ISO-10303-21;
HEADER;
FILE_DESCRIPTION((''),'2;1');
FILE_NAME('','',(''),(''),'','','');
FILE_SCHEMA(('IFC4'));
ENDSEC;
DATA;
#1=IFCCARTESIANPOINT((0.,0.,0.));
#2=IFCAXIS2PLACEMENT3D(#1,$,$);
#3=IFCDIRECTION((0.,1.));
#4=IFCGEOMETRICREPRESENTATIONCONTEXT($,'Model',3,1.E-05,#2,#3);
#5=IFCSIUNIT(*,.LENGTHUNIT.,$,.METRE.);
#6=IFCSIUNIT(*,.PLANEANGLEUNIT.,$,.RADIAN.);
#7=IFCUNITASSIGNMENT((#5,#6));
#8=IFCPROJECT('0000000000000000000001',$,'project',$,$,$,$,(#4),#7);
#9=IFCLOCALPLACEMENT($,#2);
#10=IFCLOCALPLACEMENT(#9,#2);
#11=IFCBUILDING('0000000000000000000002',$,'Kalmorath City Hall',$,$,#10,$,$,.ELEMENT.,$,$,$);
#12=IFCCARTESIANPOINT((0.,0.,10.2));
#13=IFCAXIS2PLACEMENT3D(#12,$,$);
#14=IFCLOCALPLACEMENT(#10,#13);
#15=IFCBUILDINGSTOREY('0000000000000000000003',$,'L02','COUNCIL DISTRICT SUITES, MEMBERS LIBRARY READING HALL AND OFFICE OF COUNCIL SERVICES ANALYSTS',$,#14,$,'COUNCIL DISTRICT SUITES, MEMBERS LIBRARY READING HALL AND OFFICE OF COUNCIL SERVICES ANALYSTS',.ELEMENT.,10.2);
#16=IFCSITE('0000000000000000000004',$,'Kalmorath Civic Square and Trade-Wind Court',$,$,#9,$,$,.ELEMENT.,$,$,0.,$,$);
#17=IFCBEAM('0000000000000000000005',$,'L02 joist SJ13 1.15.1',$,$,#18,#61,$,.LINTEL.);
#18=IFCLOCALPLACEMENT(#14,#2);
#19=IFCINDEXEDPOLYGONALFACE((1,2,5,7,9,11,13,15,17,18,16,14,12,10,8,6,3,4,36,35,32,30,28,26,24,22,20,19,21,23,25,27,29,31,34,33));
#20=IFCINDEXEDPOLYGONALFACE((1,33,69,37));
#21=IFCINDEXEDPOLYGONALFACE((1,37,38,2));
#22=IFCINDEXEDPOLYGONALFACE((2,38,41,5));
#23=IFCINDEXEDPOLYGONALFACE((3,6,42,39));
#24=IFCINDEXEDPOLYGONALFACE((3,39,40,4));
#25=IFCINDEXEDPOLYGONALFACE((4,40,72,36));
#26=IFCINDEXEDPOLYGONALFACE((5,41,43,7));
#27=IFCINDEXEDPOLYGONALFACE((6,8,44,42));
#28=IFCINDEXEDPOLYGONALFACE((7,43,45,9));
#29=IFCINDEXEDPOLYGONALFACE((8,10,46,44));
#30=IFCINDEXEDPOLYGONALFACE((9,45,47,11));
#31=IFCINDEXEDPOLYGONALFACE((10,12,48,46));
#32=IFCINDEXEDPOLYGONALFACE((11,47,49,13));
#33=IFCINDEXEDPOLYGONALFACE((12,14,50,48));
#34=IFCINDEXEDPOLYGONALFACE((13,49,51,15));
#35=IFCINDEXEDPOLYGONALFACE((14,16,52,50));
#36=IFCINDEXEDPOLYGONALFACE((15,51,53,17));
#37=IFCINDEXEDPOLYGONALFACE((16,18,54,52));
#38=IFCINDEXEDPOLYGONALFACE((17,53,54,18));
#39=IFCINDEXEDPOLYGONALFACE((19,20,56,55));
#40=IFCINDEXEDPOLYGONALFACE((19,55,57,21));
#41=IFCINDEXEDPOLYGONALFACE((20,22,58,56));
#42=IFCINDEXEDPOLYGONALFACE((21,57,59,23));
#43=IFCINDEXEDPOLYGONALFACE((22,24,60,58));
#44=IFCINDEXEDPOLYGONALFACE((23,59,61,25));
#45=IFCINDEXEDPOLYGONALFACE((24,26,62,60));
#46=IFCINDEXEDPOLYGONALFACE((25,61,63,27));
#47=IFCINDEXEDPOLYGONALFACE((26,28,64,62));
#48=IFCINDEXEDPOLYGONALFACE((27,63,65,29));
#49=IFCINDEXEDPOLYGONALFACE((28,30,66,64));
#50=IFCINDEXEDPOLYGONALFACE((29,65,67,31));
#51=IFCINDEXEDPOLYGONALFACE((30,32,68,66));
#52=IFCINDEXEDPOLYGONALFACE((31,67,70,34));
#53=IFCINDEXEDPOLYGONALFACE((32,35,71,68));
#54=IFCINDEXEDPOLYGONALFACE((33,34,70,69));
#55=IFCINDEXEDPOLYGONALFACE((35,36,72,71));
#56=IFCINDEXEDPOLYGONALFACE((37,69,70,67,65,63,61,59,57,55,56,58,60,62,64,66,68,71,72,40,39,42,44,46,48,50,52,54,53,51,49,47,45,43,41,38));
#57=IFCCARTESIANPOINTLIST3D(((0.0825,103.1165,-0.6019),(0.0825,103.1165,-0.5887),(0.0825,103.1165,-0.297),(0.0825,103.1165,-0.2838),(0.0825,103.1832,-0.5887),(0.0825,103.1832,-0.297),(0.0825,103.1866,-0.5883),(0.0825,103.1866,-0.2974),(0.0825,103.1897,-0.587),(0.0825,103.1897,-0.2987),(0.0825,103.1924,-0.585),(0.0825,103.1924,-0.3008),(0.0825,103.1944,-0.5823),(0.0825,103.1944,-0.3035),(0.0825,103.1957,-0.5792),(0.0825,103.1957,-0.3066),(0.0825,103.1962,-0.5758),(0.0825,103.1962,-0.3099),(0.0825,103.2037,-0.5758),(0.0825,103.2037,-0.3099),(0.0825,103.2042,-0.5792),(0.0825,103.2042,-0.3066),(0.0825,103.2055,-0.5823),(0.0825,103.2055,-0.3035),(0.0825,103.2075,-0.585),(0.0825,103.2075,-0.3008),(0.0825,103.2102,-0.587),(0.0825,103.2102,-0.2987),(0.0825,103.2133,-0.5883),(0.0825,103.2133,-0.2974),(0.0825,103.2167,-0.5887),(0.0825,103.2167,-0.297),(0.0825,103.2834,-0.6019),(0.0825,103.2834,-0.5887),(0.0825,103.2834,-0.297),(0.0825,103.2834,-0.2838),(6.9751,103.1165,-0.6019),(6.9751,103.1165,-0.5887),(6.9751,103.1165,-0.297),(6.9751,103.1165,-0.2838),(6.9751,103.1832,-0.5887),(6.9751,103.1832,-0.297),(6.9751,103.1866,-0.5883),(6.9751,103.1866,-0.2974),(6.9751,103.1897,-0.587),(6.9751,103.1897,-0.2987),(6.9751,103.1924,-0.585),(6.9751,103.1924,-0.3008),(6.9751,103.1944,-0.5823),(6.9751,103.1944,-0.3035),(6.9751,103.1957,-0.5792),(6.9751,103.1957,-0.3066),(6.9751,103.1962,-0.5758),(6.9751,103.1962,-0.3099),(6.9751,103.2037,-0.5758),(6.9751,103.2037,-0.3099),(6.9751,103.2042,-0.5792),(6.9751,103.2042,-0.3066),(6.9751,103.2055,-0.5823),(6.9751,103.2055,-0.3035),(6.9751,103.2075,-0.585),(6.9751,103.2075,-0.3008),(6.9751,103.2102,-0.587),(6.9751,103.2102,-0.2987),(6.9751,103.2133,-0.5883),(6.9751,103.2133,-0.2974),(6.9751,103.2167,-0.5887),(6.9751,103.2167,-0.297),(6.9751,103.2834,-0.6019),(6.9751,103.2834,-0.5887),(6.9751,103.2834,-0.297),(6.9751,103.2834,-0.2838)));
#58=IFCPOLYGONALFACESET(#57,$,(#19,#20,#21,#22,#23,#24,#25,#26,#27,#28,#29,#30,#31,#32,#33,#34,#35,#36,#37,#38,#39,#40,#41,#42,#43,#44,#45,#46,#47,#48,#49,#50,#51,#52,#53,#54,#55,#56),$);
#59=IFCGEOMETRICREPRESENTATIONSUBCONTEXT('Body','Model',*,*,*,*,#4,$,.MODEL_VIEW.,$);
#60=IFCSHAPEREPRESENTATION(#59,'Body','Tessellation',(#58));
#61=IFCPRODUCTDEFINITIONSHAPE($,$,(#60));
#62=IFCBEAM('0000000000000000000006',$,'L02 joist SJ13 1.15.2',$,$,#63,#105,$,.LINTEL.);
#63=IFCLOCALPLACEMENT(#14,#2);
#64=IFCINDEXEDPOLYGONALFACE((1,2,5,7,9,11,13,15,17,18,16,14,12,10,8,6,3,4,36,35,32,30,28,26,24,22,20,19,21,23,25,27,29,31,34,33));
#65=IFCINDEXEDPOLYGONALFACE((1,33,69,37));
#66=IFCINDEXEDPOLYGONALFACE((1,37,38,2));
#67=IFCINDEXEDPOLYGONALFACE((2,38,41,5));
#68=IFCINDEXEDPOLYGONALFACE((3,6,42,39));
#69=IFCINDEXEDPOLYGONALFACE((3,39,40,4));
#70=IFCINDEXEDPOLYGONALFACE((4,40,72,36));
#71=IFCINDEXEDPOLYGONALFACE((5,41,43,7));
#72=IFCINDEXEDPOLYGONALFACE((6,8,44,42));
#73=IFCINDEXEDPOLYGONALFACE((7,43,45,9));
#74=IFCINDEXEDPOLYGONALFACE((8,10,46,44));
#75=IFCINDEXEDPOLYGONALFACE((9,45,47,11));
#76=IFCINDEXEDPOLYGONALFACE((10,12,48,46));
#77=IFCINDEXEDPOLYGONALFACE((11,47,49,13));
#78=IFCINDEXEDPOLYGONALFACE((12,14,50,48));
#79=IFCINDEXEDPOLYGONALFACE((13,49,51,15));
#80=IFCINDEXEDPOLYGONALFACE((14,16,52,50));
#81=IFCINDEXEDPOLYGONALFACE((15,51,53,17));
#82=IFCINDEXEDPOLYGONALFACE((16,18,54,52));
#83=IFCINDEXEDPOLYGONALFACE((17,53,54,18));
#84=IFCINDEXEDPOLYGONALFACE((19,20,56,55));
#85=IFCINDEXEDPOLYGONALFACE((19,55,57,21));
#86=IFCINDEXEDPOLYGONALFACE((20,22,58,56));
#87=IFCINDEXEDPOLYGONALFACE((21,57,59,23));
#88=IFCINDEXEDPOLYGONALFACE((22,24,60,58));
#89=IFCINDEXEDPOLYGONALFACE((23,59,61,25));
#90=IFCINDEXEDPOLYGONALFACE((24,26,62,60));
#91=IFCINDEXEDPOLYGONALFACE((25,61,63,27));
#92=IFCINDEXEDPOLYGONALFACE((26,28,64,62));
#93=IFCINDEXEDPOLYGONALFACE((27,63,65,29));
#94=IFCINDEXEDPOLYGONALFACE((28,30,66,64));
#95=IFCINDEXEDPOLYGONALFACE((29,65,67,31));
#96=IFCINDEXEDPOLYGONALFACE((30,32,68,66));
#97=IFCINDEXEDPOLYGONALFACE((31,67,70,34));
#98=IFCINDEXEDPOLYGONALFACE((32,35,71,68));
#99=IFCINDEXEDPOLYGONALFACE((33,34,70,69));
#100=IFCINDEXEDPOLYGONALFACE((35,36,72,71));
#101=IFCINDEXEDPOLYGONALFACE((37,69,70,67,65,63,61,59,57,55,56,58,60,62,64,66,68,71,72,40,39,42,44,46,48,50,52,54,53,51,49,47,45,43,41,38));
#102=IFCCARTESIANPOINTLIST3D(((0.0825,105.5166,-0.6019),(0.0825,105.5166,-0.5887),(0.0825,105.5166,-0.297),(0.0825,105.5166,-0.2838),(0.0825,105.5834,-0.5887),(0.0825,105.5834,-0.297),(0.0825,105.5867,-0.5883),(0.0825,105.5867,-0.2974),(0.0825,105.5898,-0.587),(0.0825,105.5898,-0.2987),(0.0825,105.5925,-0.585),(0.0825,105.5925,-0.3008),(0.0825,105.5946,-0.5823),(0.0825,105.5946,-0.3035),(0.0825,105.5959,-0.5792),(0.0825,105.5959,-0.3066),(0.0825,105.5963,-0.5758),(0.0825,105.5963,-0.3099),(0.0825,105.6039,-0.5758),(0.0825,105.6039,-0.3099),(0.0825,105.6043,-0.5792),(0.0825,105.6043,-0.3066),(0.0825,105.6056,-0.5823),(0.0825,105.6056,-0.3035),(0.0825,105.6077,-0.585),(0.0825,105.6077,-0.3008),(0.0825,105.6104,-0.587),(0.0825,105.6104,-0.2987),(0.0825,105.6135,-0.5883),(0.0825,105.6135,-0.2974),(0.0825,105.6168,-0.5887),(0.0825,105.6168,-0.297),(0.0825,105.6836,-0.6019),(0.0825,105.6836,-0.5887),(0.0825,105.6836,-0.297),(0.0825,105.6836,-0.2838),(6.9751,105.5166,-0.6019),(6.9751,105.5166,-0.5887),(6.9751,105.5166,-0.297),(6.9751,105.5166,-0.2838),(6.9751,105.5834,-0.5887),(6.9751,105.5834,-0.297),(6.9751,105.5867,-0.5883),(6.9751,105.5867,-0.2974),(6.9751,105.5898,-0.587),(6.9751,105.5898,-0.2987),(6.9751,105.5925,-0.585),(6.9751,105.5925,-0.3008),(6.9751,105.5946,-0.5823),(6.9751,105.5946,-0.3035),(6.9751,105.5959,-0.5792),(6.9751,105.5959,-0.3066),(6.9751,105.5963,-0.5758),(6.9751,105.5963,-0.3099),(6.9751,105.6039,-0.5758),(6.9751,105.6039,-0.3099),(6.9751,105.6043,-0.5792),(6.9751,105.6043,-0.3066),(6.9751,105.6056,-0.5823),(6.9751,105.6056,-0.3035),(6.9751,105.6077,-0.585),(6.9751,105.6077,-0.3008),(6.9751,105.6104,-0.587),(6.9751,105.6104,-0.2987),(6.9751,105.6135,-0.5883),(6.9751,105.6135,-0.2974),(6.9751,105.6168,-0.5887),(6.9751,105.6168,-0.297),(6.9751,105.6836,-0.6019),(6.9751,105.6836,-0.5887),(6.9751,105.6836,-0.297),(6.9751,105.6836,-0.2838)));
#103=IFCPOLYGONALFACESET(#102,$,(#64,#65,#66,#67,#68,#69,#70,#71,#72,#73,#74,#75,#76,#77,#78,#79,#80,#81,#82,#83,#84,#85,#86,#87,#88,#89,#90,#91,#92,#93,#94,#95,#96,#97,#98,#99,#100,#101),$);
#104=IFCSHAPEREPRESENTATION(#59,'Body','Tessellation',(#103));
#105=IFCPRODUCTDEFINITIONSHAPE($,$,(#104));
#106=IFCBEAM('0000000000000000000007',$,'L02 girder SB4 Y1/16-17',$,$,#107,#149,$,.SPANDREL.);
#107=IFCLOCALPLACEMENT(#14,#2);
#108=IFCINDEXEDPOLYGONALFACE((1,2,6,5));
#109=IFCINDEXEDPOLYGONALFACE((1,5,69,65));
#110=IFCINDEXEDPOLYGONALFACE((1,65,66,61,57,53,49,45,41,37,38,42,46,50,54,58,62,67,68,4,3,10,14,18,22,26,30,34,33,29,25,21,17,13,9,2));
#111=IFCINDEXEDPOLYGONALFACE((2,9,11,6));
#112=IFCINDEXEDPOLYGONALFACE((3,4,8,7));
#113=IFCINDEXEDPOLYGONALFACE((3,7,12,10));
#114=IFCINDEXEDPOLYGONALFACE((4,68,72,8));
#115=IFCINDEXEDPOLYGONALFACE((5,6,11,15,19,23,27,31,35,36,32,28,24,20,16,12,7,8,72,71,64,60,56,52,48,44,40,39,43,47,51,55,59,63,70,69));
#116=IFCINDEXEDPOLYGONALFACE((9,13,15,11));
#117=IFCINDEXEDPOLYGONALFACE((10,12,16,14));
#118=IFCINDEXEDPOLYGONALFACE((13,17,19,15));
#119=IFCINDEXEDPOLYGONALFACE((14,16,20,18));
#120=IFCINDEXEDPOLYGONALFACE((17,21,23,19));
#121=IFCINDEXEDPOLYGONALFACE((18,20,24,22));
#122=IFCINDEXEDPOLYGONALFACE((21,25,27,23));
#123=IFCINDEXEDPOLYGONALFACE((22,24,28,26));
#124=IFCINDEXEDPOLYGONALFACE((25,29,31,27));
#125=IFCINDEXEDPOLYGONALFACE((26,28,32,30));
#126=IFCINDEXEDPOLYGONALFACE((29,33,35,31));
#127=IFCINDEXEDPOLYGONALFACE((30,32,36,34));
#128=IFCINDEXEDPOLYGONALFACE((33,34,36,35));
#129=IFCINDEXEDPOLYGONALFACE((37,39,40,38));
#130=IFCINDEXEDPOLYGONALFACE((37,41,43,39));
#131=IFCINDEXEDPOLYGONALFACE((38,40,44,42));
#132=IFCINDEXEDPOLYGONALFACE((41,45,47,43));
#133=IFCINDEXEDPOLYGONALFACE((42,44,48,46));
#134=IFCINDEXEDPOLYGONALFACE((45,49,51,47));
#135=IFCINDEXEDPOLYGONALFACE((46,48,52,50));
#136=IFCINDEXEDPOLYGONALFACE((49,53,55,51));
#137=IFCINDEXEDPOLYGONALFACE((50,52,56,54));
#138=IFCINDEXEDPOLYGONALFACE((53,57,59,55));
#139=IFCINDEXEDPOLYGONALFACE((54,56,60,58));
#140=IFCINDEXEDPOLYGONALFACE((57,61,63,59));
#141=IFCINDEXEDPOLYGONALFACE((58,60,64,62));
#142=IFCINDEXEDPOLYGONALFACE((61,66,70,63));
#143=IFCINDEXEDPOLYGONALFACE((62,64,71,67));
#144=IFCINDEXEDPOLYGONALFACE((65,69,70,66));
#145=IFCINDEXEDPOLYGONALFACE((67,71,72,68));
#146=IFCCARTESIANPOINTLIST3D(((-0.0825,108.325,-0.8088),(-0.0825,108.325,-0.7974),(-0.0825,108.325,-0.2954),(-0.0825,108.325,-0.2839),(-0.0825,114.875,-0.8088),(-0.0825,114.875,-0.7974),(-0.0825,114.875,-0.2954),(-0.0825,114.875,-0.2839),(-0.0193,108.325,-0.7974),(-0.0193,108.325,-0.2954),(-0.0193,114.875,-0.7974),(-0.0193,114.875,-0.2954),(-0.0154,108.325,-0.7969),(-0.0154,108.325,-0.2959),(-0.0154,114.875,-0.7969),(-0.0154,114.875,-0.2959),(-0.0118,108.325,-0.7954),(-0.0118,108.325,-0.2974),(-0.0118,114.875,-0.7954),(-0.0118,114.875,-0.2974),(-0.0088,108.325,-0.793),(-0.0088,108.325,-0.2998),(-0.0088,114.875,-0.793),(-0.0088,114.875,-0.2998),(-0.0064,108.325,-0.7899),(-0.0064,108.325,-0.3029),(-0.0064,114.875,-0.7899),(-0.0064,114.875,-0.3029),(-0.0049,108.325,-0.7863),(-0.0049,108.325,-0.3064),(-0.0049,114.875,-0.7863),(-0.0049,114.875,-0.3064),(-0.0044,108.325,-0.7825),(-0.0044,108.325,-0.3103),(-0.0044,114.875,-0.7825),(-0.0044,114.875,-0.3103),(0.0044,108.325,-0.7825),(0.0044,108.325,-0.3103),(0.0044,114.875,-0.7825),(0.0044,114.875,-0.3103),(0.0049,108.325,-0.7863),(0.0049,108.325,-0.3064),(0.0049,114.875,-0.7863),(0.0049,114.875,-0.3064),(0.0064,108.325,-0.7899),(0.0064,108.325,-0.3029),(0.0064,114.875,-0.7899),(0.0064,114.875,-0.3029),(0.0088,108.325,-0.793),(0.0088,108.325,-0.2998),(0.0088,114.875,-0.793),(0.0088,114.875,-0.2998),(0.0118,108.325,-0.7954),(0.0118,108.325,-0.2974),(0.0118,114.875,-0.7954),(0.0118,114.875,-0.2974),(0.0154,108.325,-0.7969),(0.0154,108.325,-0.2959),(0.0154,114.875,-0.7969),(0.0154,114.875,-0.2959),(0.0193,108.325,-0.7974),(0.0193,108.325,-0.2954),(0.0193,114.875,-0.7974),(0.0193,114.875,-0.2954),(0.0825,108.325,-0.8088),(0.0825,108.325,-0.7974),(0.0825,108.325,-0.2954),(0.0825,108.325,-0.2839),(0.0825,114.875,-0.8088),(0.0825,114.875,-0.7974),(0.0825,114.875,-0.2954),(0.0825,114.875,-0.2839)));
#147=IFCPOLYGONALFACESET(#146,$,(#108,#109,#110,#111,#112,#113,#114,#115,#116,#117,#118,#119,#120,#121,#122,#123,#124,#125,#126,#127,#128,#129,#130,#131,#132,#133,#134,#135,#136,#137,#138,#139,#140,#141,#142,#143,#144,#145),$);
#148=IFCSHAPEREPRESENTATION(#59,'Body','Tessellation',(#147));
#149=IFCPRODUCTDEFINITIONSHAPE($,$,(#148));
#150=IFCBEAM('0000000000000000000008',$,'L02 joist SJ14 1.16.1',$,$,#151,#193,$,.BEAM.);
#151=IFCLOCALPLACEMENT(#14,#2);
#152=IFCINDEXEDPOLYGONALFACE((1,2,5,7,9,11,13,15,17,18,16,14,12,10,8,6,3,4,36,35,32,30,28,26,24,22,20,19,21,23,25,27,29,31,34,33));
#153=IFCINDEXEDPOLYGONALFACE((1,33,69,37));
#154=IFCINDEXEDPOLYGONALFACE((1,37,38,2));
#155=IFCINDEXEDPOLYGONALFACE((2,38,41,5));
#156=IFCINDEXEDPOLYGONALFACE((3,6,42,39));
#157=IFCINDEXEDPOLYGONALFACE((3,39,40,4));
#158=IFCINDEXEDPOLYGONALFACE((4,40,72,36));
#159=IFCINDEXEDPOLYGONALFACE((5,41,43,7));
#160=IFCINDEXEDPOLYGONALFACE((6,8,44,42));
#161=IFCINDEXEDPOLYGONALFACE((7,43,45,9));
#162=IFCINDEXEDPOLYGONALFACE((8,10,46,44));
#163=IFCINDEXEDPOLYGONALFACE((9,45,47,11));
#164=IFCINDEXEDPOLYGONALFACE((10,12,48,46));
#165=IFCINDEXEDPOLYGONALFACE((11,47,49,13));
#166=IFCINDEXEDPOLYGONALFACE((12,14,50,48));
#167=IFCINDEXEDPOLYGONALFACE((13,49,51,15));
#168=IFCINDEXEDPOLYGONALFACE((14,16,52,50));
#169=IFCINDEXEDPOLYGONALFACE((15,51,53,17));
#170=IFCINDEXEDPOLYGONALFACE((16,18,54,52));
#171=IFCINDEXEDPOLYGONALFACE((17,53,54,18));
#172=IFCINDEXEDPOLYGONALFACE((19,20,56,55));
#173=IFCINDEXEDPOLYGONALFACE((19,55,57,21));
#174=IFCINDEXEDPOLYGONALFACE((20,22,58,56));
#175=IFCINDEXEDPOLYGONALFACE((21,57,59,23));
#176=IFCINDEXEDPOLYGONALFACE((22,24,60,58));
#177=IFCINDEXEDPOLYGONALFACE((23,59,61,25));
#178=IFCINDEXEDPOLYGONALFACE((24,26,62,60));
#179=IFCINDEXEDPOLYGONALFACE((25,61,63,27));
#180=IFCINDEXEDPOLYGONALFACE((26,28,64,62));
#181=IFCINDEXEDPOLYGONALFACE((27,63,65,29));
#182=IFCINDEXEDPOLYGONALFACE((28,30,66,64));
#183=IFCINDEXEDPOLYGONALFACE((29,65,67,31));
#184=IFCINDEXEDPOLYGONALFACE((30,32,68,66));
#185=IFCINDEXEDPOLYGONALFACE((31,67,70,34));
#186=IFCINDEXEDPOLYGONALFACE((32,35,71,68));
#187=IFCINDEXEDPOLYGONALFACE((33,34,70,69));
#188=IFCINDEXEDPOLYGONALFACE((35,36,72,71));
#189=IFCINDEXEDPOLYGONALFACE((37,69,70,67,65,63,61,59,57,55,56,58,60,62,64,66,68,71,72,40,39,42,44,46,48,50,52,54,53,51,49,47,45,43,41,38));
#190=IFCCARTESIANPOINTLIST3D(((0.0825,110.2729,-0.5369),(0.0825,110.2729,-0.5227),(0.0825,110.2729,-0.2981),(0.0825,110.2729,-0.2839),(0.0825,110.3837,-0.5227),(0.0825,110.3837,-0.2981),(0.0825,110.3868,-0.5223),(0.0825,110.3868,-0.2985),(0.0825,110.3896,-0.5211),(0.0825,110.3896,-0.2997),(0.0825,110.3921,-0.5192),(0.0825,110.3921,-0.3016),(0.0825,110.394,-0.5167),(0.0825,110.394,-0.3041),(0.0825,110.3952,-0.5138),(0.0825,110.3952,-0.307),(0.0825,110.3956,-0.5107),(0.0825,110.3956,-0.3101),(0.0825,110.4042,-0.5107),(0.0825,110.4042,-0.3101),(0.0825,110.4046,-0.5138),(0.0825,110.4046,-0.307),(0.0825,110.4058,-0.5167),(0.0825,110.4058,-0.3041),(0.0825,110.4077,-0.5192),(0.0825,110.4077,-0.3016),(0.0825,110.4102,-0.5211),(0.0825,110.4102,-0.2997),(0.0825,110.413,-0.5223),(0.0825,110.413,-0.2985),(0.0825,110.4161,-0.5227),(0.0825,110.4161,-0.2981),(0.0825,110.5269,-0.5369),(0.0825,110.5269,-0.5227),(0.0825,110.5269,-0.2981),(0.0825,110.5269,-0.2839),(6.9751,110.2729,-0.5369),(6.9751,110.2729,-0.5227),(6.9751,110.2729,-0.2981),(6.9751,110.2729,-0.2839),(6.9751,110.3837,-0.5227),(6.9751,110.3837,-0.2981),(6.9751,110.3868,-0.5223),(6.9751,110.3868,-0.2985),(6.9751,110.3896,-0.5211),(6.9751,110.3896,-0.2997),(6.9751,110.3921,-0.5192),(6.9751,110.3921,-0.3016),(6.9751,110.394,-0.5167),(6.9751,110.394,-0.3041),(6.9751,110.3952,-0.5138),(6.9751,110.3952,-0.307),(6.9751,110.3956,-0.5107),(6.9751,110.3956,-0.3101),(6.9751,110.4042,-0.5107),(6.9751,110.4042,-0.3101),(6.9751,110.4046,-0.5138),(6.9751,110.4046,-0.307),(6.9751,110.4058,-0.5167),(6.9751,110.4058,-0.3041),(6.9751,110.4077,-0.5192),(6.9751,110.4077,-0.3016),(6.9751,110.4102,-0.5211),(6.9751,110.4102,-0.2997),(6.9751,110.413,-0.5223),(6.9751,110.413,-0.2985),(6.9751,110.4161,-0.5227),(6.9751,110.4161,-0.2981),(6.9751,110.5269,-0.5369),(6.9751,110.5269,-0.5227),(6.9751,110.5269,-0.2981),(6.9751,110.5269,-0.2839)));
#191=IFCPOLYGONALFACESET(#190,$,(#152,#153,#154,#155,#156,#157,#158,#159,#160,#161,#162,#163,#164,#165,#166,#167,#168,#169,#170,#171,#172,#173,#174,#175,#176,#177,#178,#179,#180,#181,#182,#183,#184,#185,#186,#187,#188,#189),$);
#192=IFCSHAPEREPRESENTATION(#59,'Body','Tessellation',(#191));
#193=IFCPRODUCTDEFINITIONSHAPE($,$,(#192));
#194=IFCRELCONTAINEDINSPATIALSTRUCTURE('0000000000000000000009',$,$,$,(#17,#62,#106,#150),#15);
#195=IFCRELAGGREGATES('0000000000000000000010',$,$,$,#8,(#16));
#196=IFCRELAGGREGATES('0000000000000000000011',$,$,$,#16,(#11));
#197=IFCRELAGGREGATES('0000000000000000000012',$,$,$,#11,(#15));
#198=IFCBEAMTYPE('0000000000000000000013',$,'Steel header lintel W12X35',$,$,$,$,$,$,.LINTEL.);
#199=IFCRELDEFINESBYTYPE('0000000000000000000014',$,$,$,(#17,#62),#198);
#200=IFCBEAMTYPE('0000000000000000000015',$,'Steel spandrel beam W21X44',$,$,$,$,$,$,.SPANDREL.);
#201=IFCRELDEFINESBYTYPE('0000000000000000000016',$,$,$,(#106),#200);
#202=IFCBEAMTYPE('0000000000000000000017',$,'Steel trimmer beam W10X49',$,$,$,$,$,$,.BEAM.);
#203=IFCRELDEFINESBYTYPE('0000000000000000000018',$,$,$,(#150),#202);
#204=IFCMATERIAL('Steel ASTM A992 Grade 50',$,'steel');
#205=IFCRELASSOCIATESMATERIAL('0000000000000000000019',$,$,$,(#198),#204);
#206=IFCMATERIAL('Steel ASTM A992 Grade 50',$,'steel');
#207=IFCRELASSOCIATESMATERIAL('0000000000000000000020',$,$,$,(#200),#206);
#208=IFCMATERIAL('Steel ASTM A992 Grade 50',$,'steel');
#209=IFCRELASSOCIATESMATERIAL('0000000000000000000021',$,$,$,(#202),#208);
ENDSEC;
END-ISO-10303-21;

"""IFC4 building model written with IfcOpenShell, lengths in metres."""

from ifc_helpers import new_model, si_unit, direction, frame, origin, origin_2d, place, context, subcontext, project, spatial, i_section, extrude, material, material_profile, profile_set, type_object, element, save


model = new_model("IFC4")

# Units and contexts
model_context = context("Model", 3, precision=1e-05, world=origin(), true_north=direction((0.0, 1.0)))
body_context = subcontext(model_context, "Body", "Model", "MODEL_VIEW")
ifc_project = project(units=[si_unit("LENGTHUNIT", "METRE"), si_unit("PLANEANGLEUNIT", "RADIAN")], contexts=[model_context])

# Site, building, storey
site_placement = place(None, origin())
site = spatial("IfcSite", under=ifc_project, at=site_placement, Name="Kalmorath Civic Square and Trade-Wind Court", CompositionType="ELEMENT", RefElevation=0.0)
building_placement = place(site_placement, origin())
building = spatial("IfcBuilding", under=site, at=building_placement, Name="Kalmorath City Hall", CompositionType="ELEMENT")
storey_placement = place(building_placement, frame((0.0, 0.0, 10.2)))
storey = spatial("IfcBuildingStorey", under=building, at=storey_placement, Name="L02", Description="COUNCIL DISTRICT SUITES, MEMBERS LIBRARY READING HALL AND OFFICE OF COUNCIL SERVICES ANALYSTS", LongName="COUNCIL DISTRICT SUITES, MEMBERS LIBRARY READING HALL AND OFFICE OF COUNCIL SERVICES ANALYSTS", CompositionType="ELEMENT", Elevation=10.2)

# Beams
ifc_material_1 = material(Name="Steel ASTM A992 Grade 50", Category="steel")
ifc_material_profile_1 = material_profile(ifc_material_1, i_section(OverallWidth=0.167, OverallDepth=0.3181, WebThickness=0.0076, FlangeThickness=0.0132, FilletRadius=0.0129, at=origin_2d()), Name="W12X35")
ifc_profile_set_1 = profile_set([ifc_material_profile_1], Name="Steel ASTM A992 Grade 50")
beam_type_1 = type_object("IfcBeamType", Name="Steel header lintel W12X35", PredefinedType="LINTEL", material=ifc_profile_set_1)
for number, where, z_axis, x_axis, name in (
    (1, (0.0825, 103.2, -0.4429), (1.0, 0.0, 0.0), (0.0, 1.0, 0.0), "L02 joist SJ13 1.15.1"),
    (2, (0.0825, 105.6001, -0.4429), (1.0, 0.0, 0.0), (0.0, 1.0, 0.0), "L02 joist SJ13 1.15.2"),
):
    element("IfcBeam", number, at=place(storey_placement, frame(where, z_axis=z_axis, x_axis=x_axis)), inside=storey, type_object=beam_type_1, Name=name, PredefinedType="LINTEL", context=body_context, shape_type="SweptSolid", body=[
        extrude(i_section(OverallWidth=0.167, OverallDepth=0.3181, WebThickness=0.0076, FlangeThickness=0.0132, FilletRadius=0.0129, at=origin_2d()), origin(), (0.0, 0.0, 1.0), 6.8926),
    ])
ifc_material_2 = material(Name="Steel ASTM A992 Grade 50", Category="steel")
ifc_material_profile_2 = material_profile(ifc_material_2, i_section(OverallWidth=0.165, OverallDepth=0.5249, WebThickness=0.0088, FlangeThickness=0.0115, FilletRadius=0.0149, at=origin_2d()), Name="W21X44")
ifc_profile_set_2 = profile_set([ifc_material_profile_2], Name="Steel ASTM A992 Grade 50")
beam_type_2 = type_object("IfcBeamType", Name="Steel spandrel beam W21X44", PredefinedType="SPANDREL", material=ifc_profile_set_2)
beam_1_placement = place(storey_placement, frame((0.0, 108.325, -0.5464), z_axis=(0.0, 1.0, 0.0), x_axis=(-1.0, 0.0, 0.0)))
element("IfcBeam", 3, at=beam_1_placement, inside=storey, type_object=beam_type_2, Name="L02 girder SB4 Y1/16-17", PredefinedType="SPANDREL", context=body_context, shape_type="SweptSolid", body=[
    extrude(i_section(OverallWidth=0.165, OverallDepth=0.5249, WebThickness=0.0088, FlangeThickness=0.0115, FilletRadius=0.0149, at=origin_2d()), origin(), (0.0, 0.0, 1.0), 6.55),
])
ifc_material_3 = material(Name="Steel ASTM A992 Grade 50", Category="steel")
ifc_material_profile_3 = material_profile(ifc_material_3, i_section(OverallWidth=0.2539, OverallDepth=0.2529, WebThickness=0.0085, FlangeThickness=0.0142, FilletRadius=0.012, at=origin_2d()), Name="W10X49")
ifc_profile_set_3 = profile_set([ifc_material_profile_3], Name="Steel ASTM A992 Grade 50")
beam_type_3 = type_object("IfcBeamType", Name="Steel trimmer beam W10X49", PredefinedType="BEAM", material=ifc_profile_set_3)
beam_2_placement = place(storey_placement, frame((0.0825, 110.3999, -0.4104), z_axis=(1.0, 0.0, 0.0), x_axis=(0.0, 1.0, 0.0)))
element("IfcBeam", 4, at=beam_2_placement, inside=storey, type_object=beam_type_3, Name="L02 joist SJ14 1.16.1", PredefinedType="BEAM", context=body_context, shape_type="SweptSolid", body=[
    extrude(i_section(OverallWidth=0.2539, OverallDepth=0.2529, WebThickness=0.0085, FlangeThickness=0.0142, FilletRadius=0.012, at=origin_2d()), origin(), (0.0, 0.0, 1.0), 6.8926),
])

save(model, "model.ifc")
